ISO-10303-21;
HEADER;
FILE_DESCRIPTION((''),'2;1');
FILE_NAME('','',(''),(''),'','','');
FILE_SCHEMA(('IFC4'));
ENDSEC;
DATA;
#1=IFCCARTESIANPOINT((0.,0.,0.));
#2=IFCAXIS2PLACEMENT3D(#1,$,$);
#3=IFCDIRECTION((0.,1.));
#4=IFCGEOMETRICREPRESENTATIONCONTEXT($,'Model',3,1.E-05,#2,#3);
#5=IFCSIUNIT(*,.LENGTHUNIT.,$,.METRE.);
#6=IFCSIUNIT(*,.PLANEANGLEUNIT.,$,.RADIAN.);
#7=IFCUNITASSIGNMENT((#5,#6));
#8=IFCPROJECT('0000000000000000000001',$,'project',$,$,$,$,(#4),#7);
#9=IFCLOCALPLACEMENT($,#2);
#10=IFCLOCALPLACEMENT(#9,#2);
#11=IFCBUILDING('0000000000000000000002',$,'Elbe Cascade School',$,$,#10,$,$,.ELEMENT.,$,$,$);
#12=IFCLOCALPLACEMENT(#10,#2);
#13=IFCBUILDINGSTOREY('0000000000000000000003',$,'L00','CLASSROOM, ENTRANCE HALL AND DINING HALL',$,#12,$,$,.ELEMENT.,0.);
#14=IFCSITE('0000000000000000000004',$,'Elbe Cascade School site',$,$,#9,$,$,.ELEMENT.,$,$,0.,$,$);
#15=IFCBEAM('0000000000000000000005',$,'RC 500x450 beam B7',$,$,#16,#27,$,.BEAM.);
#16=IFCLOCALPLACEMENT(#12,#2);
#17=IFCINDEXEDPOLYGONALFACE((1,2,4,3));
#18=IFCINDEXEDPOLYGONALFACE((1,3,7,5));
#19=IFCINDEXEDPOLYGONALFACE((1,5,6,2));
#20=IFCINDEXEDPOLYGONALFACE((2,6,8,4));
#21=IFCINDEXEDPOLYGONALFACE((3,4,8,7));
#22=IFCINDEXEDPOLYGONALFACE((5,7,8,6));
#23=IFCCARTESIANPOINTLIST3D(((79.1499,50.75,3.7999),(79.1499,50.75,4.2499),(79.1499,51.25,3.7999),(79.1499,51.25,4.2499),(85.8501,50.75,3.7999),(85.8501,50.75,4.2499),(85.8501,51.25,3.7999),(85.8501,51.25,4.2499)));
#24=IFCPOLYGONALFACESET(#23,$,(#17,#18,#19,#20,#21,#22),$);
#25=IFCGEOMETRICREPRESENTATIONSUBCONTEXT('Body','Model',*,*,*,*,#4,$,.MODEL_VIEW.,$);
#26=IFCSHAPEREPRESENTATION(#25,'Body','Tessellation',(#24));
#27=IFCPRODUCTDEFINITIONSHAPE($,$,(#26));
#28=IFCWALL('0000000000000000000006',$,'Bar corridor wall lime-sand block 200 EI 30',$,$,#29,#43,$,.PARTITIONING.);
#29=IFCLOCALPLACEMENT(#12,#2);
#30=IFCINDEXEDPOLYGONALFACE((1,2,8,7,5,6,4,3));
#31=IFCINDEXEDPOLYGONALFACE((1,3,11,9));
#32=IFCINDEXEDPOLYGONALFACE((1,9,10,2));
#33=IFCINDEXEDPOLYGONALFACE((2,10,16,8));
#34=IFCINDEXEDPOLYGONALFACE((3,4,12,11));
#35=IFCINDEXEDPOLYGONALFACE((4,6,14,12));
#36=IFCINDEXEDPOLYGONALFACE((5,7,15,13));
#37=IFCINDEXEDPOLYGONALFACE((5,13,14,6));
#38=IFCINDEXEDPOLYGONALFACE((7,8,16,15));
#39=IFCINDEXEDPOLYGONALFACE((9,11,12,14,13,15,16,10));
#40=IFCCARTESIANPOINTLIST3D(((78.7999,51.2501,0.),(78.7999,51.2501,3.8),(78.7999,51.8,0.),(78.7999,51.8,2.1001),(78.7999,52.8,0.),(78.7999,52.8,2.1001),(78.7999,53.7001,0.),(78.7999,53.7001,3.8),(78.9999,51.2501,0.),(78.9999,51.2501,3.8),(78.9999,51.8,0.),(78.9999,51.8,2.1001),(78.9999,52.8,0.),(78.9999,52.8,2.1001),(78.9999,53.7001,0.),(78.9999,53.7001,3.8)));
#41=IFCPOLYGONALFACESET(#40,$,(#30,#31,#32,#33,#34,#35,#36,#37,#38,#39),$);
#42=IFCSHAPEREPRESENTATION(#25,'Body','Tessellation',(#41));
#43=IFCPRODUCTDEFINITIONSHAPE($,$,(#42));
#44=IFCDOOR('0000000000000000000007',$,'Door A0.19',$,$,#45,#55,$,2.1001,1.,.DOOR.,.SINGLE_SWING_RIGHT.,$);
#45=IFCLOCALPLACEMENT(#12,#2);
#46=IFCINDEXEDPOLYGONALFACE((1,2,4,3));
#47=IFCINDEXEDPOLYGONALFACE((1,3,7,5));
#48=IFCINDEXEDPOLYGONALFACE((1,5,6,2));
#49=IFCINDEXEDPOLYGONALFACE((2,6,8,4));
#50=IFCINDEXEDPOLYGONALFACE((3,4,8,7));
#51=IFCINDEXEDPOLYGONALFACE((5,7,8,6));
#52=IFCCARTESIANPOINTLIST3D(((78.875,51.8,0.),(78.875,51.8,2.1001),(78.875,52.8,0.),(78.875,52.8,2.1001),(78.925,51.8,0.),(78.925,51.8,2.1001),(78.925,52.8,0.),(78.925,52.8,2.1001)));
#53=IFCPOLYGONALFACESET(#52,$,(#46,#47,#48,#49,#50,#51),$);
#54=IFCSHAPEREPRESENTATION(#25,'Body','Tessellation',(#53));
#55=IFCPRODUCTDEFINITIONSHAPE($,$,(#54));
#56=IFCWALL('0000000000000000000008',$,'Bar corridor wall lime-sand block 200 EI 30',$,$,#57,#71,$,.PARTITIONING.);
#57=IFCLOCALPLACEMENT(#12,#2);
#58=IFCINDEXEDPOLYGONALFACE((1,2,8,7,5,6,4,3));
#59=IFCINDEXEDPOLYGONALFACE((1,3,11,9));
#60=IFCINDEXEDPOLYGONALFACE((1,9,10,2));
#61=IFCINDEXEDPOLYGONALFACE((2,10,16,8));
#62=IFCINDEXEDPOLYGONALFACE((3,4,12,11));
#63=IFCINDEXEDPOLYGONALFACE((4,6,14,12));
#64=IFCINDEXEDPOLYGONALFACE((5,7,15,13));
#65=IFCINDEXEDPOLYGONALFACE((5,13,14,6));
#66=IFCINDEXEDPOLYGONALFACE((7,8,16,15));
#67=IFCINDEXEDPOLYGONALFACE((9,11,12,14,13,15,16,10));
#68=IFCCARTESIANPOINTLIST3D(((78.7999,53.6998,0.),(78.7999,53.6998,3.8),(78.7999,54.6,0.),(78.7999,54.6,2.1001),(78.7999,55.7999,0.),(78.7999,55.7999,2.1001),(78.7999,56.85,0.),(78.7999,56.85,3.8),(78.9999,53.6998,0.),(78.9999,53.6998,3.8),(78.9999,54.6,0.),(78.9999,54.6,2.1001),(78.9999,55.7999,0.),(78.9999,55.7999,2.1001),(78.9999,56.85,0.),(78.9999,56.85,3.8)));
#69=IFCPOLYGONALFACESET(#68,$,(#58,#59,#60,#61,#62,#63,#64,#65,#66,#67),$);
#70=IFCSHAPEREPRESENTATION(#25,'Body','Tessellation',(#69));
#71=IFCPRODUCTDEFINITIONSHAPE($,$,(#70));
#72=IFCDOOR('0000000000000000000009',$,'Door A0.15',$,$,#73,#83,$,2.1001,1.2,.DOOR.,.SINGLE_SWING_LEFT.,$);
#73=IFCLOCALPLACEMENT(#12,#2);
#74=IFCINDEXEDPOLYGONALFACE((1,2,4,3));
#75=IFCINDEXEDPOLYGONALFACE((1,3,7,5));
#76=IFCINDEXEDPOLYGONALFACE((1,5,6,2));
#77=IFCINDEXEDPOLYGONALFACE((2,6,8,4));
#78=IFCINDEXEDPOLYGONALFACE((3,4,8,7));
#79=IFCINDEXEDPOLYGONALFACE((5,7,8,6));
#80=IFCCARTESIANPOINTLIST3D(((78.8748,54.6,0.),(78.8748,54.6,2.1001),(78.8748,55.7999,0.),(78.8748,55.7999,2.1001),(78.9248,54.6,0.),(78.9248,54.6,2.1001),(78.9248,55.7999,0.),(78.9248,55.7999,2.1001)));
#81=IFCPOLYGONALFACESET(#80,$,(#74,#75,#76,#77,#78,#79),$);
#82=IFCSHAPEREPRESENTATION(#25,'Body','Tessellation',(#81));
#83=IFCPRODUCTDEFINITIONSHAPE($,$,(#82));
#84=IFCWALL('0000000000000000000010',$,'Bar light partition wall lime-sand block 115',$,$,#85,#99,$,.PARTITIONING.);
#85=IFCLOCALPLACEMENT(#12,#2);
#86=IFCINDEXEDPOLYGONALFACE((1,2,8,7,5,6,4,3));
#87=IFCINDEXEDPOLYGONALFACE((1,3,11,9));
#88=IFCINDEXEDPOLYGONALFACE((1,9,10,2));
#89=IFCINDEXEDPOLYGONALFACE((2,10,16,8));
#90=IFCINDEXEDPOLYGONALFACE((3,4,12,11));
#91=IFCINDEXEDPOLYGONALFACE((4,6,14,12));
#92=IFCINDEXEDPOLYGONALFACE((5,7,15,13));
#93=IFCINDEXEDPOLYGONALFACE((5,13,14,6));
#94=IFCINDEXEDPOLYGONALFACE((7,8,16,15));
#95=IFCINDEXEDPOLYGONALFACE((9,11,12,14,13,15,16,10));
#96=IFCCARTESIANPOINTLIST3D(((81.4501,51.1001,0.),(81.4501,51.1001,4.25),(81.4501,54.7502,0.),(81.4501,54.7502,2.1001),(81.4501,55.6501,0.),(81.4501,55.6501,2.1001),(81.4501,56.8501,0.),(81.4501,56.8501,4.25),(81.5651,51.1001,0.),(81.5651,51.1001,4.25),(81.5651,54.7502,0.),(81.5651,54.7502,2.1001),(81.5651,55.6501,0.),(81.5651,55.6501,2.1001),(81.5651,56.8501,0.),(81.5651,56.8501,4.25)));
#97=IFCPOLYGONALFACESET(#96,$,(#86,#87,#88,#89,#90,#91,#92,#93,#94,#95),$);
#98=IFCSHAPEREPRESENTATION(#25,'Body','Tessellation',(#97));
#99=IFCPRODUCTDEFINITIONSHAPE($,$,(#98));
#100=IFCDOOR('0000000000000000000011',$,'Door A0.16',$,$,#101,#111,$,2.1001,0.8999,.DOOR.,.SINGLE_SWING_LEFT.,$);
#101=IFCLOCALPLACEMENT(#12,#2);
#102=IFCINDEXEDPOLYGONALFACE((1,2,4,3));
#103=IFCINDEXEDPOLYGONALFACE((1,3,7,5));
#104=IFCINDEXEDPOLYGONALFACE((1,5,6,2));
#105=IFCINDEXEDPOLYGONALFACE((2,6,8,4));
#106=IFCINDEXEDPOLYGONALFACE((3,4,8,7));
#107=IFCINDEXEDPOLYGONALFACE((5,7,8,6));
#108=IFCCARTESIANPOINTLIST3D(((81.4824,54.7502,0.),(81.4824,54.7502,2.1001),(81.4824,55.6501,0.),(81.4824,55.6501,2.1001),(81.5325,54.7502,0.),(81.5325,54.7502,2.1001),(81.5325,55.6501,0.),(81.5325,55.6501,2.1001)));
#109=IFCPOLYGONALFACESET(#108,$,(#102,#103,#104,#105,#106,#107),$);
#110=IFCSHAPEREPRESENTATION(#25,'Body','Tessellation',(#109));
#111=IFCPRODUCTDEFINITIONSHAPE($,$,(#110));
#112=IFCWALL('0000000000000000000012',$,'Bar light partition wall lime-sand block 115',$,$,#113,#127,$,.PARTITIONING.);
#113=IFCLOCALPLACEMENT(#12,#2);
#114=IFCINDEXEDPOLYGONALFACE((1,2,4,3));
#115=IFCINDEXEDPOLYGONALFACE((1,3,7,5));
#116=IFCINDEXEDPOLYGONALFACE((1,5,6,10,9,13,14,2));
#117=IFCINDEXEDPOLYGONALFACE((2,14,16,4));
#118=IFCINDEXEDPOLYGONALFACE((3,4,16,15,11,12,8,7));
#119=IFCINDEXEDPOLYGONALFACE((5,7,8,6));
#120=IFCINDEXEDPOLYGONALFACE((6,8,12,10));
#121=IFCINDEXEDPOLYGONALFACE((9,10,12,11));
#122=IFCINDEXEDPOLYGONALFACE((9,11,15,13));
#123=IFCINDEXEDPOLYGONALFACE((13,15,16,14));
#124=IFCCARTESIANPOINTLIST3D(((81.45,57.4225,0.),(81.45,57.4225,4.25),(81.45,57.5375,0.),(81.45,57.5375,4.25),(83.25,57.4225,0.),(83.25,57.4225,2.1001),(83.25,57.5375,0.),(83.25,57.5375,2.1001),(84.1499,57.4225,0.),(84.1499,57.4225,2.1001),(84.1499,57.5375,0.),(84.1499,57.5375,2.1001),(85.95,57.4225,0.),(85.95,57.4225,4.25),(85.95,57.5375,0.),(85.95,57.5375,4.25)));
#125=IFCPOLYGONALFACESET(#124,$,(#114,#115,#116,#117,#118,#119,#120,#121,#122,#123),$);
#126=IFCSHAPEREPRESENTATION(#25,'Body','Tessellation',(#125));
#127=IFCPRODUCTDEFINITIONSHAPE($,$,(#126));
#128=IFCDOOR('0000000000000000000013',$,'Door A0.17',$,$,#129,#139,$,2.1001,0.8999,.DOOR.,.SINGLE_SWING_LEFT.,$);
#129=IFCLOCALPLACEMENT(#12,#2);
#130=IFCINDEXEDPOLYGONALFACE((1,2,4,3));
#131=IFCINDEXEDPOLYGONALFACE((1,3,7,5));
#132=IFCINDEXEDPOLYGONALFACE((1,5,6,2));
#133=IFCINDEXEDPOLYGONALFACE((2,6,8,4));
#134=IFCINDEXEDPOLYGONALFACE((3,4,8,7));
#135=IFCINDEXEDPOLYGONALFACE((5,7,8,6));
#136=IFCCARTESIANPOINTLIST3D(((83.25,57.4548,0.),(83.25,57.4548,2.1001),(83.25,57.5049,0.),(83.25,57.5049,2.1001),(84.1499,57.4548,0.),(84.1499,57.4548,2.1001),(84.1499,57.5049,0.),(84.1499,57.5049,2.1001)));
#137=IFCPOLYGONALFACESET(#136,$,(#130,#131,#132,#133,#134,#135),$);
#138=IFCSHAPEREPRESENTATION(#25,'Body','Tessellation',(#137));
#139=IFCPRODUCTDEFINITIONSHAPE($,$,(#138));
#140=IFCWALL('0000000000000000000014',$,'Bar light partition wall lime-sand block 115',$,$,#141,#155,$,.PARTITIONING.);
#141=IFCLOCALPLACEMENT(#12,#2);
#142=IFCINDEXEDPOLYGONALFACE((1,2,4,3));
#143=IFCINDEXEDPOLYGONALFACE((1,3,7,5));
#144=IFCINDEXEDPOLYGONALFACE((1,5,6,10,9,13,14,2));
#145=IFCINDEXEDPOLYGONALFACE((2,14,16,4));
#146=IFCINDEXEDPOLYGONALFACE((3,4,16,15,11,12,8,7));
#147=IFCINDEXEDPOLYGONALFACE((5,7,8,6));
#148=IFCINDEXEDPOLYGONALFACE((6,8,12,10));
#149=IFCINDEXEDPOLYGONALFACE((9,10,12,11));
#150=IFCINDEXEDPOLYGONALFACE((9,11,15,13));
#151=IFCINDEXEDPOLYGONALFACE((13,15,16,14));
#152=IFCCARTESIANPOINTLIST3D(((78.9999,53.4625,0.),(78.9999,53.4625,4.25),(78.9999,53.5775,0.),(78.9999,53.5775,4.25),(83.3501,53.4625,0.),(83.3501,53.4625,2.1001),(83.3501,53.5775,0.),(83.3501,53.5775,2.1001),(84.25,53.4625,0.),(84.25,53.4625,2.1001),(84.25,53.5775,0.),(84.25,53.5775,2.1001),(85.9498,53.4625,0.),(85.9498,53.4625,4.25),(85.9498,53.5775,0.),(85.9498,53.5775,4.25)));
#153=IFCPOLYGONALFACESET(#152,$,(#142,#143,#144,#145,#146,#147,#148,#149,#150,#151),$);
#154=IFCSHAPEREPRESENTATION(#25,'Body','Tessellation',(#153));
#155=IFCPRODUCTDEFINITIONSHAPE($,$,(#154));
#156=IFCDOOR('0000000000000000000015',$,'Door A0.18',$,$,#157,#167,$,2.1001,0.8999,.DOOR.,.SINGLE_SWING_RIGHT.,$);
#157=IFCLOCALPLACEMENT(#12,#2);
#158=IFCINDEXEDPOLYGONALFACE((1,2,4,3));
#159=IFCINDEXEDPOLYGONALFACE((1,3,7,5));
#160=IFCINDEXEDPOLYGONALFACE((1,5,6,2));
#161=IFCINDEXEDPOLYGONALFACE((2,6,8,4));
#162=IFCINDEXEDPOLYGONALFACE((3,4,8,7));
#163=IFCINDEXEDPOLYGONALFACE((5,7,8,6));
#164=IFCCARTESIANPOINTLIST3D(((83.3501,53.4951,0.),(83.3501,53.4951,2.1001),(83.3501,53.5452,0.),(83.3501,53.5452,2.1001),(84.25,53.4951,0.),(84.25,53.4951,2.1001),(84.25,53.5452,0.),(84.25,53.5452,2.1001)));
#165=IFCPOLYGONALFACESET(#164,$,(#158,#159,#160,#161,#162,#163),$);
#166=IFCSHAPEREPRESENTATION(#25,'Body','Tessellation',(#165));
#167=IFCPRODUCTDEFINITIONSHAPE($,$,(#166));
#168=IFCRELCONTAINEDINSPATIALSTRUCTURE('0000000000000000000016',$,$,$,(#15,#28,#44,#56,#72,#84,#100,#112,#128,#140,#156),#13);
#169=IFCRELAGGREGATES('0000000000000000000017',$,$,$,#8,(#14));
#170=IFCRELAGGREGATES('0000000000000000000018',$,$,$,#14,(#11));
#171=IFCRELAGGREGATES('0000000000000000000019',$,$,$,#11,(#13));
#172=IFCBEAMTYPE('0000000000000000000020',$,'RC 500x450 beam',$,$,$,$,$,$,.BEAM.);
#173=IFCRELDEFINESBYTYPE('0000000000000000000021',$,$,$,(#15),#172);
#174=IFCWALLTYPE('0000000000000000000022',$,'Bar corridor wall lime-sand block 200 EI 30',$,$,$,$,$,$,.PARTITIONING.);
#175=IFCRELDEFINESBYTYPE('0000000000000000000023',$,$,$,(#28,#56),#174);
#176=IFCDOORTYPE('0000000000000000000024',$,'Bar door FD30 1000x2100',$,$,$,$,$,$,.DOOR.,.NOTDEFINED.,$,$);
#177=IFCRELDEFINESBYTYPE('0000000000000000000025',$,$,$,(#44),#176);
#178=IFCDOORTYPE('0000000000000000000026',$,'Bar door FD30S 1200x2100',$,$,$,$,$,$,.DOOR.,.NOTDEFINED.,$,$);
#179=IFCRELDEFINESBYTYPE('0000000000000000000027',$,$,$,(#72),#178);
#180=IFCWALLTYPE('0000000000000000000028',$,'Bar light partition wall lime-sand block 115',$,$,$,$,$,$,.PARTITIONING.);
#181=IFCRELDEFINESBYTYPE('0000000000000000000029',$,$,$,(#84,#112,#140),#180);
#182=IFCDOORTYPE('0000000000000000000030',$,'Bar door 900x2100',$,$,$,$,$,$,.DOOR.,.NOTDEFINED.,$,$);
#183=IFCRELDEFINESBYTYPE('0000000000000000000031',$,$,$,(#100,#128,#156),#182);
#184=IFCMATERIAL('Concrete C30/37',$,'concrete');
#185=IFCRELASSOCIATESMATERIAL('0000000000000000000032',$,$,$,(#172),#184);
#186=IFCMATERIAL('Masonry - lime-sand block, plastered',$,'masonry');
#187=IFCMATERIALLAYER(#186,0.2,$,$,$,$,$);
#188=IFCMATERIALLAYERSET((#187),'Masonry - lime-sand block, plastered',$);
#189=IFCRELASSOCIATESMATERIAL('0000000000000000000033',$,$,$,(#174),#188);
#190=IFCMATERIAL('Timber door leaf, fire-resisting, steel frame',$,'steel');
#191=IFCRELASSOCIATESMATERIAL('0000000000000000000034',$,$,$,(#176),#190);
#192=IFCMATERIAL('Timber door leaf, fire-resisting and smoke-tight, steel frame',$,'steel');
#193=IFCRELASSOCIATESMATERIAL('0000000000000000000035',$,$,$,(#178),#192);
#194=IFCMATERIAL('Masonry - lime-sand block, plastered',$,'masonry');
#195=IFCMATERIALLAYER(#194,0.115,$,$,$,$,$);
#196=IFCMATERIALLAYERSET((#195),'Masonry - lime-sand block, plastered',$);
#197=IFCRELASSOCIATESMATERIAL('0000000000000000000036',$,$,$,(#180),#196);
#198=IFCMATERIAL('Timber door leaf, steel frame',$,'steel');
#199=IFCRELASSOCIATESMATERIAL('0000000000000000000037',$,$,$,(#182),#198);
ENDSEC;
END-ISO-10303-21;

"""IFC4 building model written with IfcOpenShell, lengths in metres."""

from ifc_helpers import new_model, si_unit, direction, frame, frame_2d, origin, origin_2d, place, context, subcontext, project, spatial, rectangle, extrude, material, layer, layer_set, material_profile, profile_set, type_object, element, fill, save


model = new_model("IFC4")

# Units and contexts
model_context = context("Model", 3, precision=1e-05, world=origin(), true_north=direction((0.0, 1.0)))
body_context = subcontext(model_context, "Body", "Model", "MODEL_VIEW")
ifc_project = project(units=[si_unit("LENGTHUNIT", "METRE"), si_unit("PLANEANGLEUNIT", "RADIAN")], contexts=[model_context])

# Site, building, storey
site_placement = place(None, origin())
site = spatial("IfcSite", under=ifc_project, at=site_placement, Name="Elbe Cascade School site", CompositionType="ELEMENT", RefElevation=0.0)
building_placement = place(site_placement, origin())
building = spatial("IfcBuilding", under=site, at=building_placement, Name="Elbe Cascade School", CompositionType="ELEMENT")
storey_placement = place(building_placement, origin())
storey = spatial("IfcBuildingStorey", under=building, at=storey_placement, Name="L00", Description="CLASSROOM, ENTRANCE HALL AND DINING HALL", CompositionType="ELEMENT", Elevation=0.0)

# Beam
ifc_material_1 = material(Name="Concrete C30/37", Category="concrete")
ifc_material_profile_1 = material_profile(ifc_material_1, rectangle(XDim=0.5, YDim=0.45, at=origin_2d()), Name="RC 500x450")
ifc_profile_set_1 = profile_set([ifc_material_profile_1], Name="Concrete C30/37")
beam_type_1 = type_object("IfcBeamType", Name="RC 500x450 beam", PredefinedType="BEAM", material=ifc_profile_set_1)
beam_placement = place(storey_placement, frame((79.1499, 51.0, 4.0249), z_axis=(1.0, 0.0, 0.0), x_axis=(0.0, 1.0, 0.0)))
element("IfcBeam", 1, at=beam_placement, inside=storey, type_object=beam_type_1, Name="RC 500x450 beam B7", PredefinedType="BEAM", context=body_context, shape_type="SweptSolid", body=[
    extrude(rectangle(XDim=0.5, YDim=0.45, at=origin_2d()), origin(), (0.0, 0.0, 1.0), 6.7002),
])

# Walls, openings, doors
ifc_material_2 = material(Name="Masonry - lime-sand block, plastered", Category="masonry")
ifc_layer_1 = layer(ifc_material_2, 0.2)
ifc_layer_set_1 = layer_set([ifc_layer_1], Name="Masonry - lime-sand block, plastered")
wall_type_1 = type_object("IfcWallType", Name="Bar corridor wall lime-sand block 200 EI 30", PredefinedType="PARTITIONING", material=ifc_layer_set_1)
wall_1_placement = place(storey_placement, frame((78.8999, 51.25, 0.0), z_axis=(0.0, 0.0, 1.0), x_axis=(0.0, 1.0, 0.0)))
wall_1 = element("IfcWall", 2, at=wall_1_placement, inside=storey, type_object=wall_type_1, Name="Bar corridor wall lime-sand block 200 EI 30", PredefinedType="PARTITIONING", context=body_context, shape_type="SweptSolid", body=[
    extrude(rectangle(XDim=2.45, YDim=0.2, at=frame_2d((1.2251, 0.0))), origin(), (0.0, 0.0, 1.0), 3.8),
])
opening_1_placement = place(wall_1_placement, frame((0.55, 0.0, 0.0)))
opening_1 = element("IfcOpeningElement", 3, at=opening_1_placement, cuts=wall_1, PredefinedType="OPENING", context=body_context, shape_type="SweptSolid", body=[
    extrude(rectangle(XDim=1.0, YDim=2.1001, at=frame_2d((0.5, 1.05))), frame((0.0, 0.1099, 0.0), z_axis=(0.0, -1.0, 0.0), x_axis=(1.0, 0.0, 0.0)), (0.0, 0.0, 1.0), 0.22),
])
ifc_material_3 = material(Name="Timber door leaf, fire-resisting, steel frame", Category="steel")
door_type_1 = type_object("IfcDoorType", Name="Bar door FD30 1000x2100", OperationType="NOTDEFINED", PredefinedType="DOOR", material=ifc_material_3)
door_1_placement = place(opening_1_placement, origin())
door_1 = element("IfcDoor", 4, at=door_1_placement, inside=storey, type_object=door_type_1, Name="Door A0.19", OperationType="SINGLE_SWING_RIGHT", OverallHeight=2.1001, OverallWidth=1.0, PredefinedType="DOOR", context=body_context, shape_type="SweptSolid", body=[
    extrude(rectangle(XDim=1.0, YDim=2.1001, at=frame_2d((0.5, 1.05))), frame((0.0, 0.0249, 0.0), z_axis=(0.0, -1.0, 0.0), x_axis=(1.0, 0.0, 0.0)), (0.0, 0.0, 1.0), 0.05),
])
fill(opening_1, door_1)
wall_2_placement = place(storey_placement, frame((78.8999, 56.8501, 0.0), z_axis=(0.0, 0.0, 1.0), x_axis=(0.0, -1.0, 0.0)))
wall_2 = element("IfcWall", 5, at=wall_2_placement, inside=storey, type_object=wall_type_1, Name="Bar corridor wall lime-sand block 200 EI 30", PredefinedType="PARTITIONING", context=body_context, shape_type="SweptSolid", body=[
    extrude(rectangle(XDim=3.1501, YDim=0.2, at=frame_2d((1.5752, 0.0))), origin(), (0.0, 0.0, 1.0), 3.8),
])
opening_2_placement = place(wall_2_placement, frame((1.05, 0.0, 0.0)))
opening_2 = element("IfcOpeningElement", 6, at=opening_2_placement, cuts=wall_2, PredefinedType="OPENING", context=body_context, shape_type="SweptSolid", body=[
    extrude(rectangle(XDim=1.2, YDim=2.1001, at=frame_2d((0.6001, 1.05))), frame((0.0, 0.1099, 0.0), z_axis=(0.0, -1.0, 0.0), x_axis=(1.0, 0.0, 0.0)), (0.0, 0.0, 1.0), 0.22),
])
ifc_material_4 = material(Name="Timber door leaf, fire-resisting and smoke-tight, steel frame", Category="steel")
door_type_2 = type_object("IfcDoorType", Name="Bar door FD30S 1200x2100", OperationType="NOTDEFINED", PredefinedType="DOOR", material=ifc_material_4)
door_2_placement = place(opening_2_placement, origin())
door_2 = element("IfcDoor", 7, at=door_2_placement, inside=storey, type_object=door_type_2, Name="Door A0.15", OperationType="SINGLE_SWING_LEFT", OverallHeight=2.1001, OverallWidth=1.2, PredefinedType="DOOR", context=body_context, shape_type="SweptSolid", body=[
    extrude(rectangle(XDim=1.2, YDim=2.1001, at=frame_2d((0.6001, 1.05))), frame((0.0, 0.0249, 0.0), z_axis=(0.0, -1.0, 0.0), x_axis=(1.0, 0.0, 0.0)), (0.0, 0.0, 1.0), 0.05),
])
fill(opening_2, door_2)
ifc_material_5 = material(Name="Masonry - lime-sand block, plastered", Category="masonry")
ifc_layer_2 = layer(ifc_material_5, 0.115)
ifc_layer_set_2 = layer_set([ifc_layer_2], Name="Masonry - lime-sand block, plastered")
wall_type_2 = type_object("IfcWallType", Name="Bar light partition wall lime-sand block 115", PredefinedType="PARTITIONING", material=ifc_layer_set_2)
wall_3_placement = place(storey_placement, frame((81.5076, 56.8501, 0.0), z_axis=(0.0, 0.0, 1.0), x_axis=(0.0, -1.0, 0.0)))
wall_3 = element("IfcWall", 8, at=wall_3_placement, inside=storey, type_object=wall_type_2, Name="Bar light partition wall lime-sand block 115", PredefinedType="PARTITIONING", context=body_context, shape_type="SweptSolid", body=[
    extrude(rectangle(XDim=5.75, YDim=0.115, at=frame_2d((2.875, 0.0))), origin(), (0.0, 0.0, 1.0), 4.25),
])
opening_3_placement = place(wall_3_placement, frame((1.2, 0.0, 0.0)))
opening_3 = element("IfcOpeningElement", 9, at=opening_3_placement, cuts=wall_3, PredefinedType="OPENING", context=body_context, shape_type="SweptSolid", body=[
    extrude(rectangle(XDim=0.8999, YDim=2.1001, at=frame_2d((0.45, 1.05))), frame((0.0, 0.0674, 0.0), z_axis=(0.0, -1.0, 0.0), x_axis=(1.0, 0.0, 0.0)), (0.0, 0.0, 1.0), 0.135),
])
ifc_material_6 = material(Name="Timber door leaf, steel frame", Category="steel")
door_type_3 = type_object("IfcDoorType", Name="Bar door 900x2100", OperationType="NOTDEFINED", PredefinedType="DOOR", material=ifc_material_6)
door_3_placement = place(opening_3_placement, origin())
door_3 = element("IfcDoor", 10, at=door_3_placement, inside=storey, type_object=door_type_3, Name="Door A0.16", OperationType="SINGLE_SWING_LEFT", OverallHeight=2.1001, OverallWidth=0.8999, PredefinedType="DOOR", context=body_context, shape_type="SweptSolid", body=[
    extrude(rectangle(XDim=0.8999, YDim=2.1001, at=frame_2d((0.45, 1.05))), frame((0.0, 0.0249, 0.0), z_axis=(0.0, -1.0, 0.0), x_axis=(1.0, 0.0, 0.0)), (0.0, 0.0, 1.0), 0.05),
])
fill(opening_3, door_3)
wall_4_placement = place(storey_placement, frame((81.45, 57.48, 0.0), z_axis=(0.0, 0.0, 1.0), x_axis=(1.0, 0.0, 0.0)))
wall_4 = element("IfcWall", 11, at=wall_4_placement, inside=storey, type_object=wall_type_2, Name="Bar light partition wall lime-sand block 115", PredefinedType="PARTITIONING", context=body_context, shape_type="SweptSolid", body=[
    extrude(rectangle(XDim=4.5, YDim=0.115, at=frame_2d((2.25, 0.0))), origin(), (0.0, 0.0, 1.0), 4.25),
])
opening_4_placement = place(wall_4_placement, frame((1.8, 0.0, 0.0)))
opening_4 = element("IfcOpeningElement", 12, at=opening_4_placement, cuts=wall_4, PredefinedType="OPENING", context=body_context, shape_type="SweptSolid", body=[
    extrude(rectangle(XDim=0.8999, YDim=2.1001, at=frame_2d((0.45, 1.05))), frame((0.0, 0.0674, 0.0), z_axis=(0.0, -1.0, 0.0), x_axis=(1.0, 0.0, 0.0)), (0.0, 0.0, 1.0), 0.135),
])
door_4_placement = place(opening_4_placement, origin())
door_4 = element("IfcDoor", 13, at=door_4_placement, inside=storey, type_object=door_type_3, Name="Door A0.17", OperationType="SINGLE_SWING_LEFT", OverallHeight=2.1001, OverallWidth=0.8999, PredefinedType="DOOR", context=body_context, shape_type="SweptSolid", body=[
    extrude(rectangle(XDim=0.8999, YDim=2.1001, at=frame_2d((0.45, 1.05))), frame((0.0, 0.0249, 0.0), z_axis=(0.0, -1.0, 0.0), x_axis=(1.0, 0.0, 0.0)), (0.0, 0.0, 1.0), 0.05),
])
fill(opening_4, door_4)
wall_5_placement = place(storey_placement, frame((85.95, 53.52, 0.0), z_axis=(0.0, 0.0, 1.0), x_axis=(-1.0, 0.0, 0.0)))
wall_5 = element("IfcWall", 14, at=wall_5_placement, inside=storey, type_object=wall_type_2, Name="Bar light partition wall lime-sand block 115", PredefinedType="PARTITIONING", context=body_context, shape_type="SweptSolid", body=[
    extrude(rectangle(XDim=6.95, YDim=0.115, at=frame_2d((3.4751, 0.0))), origin(), (0.0, 0.0, 1.0), 4.25),
])
opening_5_placement = place(wall_5_placement, frame((1.7, 0.0, 0.0)))
opening_5 = element("IfcOpeningElement", 15, at=opening_5_placement, cuts=wall_5, PredefinedType="OPENING", context=body_context, shape_type="SweptSolid", body=[
    extrude(rectangle(XDim=0.8999, YDim=2.1001, at=frame_2d((0.45, 1.05))), frame((0.0, 0.0674, 0.0), z_axis=(0.0, -1.0, 0.0), x_axis=(1.0, 0.0, 0.0)), (0.0, 0.0, 1.0), 0.135),
])
door_5_placement = place(opening_5_placement, origin())
door_5 = element("IfcDoor", 16, at=door_5_placement, inside=storey, type_object=door_type_3, Name="Door A0.18", OperationType="SINGLE_SWING_RIGHT", OverallHeight=2.1001, OverallWidth=0.8999, PredefinedType="DOOR", context=body_context, shape_type="SweptSolid", body=[
    extrude(rectangle(XDim=0.8999, YDim=2.1001, at=frame_2d((0.45, 1.05))), frame((0.0, 0.0249, 0.0), z_axis=(0.0, -1.0, 0.0), x_axis=(1.0, 0.0, 0.0)), (0.0, 0.0, 1.0), 0.05),
])
fill(opening_5, door_5)

save(model, "model.ifc")
